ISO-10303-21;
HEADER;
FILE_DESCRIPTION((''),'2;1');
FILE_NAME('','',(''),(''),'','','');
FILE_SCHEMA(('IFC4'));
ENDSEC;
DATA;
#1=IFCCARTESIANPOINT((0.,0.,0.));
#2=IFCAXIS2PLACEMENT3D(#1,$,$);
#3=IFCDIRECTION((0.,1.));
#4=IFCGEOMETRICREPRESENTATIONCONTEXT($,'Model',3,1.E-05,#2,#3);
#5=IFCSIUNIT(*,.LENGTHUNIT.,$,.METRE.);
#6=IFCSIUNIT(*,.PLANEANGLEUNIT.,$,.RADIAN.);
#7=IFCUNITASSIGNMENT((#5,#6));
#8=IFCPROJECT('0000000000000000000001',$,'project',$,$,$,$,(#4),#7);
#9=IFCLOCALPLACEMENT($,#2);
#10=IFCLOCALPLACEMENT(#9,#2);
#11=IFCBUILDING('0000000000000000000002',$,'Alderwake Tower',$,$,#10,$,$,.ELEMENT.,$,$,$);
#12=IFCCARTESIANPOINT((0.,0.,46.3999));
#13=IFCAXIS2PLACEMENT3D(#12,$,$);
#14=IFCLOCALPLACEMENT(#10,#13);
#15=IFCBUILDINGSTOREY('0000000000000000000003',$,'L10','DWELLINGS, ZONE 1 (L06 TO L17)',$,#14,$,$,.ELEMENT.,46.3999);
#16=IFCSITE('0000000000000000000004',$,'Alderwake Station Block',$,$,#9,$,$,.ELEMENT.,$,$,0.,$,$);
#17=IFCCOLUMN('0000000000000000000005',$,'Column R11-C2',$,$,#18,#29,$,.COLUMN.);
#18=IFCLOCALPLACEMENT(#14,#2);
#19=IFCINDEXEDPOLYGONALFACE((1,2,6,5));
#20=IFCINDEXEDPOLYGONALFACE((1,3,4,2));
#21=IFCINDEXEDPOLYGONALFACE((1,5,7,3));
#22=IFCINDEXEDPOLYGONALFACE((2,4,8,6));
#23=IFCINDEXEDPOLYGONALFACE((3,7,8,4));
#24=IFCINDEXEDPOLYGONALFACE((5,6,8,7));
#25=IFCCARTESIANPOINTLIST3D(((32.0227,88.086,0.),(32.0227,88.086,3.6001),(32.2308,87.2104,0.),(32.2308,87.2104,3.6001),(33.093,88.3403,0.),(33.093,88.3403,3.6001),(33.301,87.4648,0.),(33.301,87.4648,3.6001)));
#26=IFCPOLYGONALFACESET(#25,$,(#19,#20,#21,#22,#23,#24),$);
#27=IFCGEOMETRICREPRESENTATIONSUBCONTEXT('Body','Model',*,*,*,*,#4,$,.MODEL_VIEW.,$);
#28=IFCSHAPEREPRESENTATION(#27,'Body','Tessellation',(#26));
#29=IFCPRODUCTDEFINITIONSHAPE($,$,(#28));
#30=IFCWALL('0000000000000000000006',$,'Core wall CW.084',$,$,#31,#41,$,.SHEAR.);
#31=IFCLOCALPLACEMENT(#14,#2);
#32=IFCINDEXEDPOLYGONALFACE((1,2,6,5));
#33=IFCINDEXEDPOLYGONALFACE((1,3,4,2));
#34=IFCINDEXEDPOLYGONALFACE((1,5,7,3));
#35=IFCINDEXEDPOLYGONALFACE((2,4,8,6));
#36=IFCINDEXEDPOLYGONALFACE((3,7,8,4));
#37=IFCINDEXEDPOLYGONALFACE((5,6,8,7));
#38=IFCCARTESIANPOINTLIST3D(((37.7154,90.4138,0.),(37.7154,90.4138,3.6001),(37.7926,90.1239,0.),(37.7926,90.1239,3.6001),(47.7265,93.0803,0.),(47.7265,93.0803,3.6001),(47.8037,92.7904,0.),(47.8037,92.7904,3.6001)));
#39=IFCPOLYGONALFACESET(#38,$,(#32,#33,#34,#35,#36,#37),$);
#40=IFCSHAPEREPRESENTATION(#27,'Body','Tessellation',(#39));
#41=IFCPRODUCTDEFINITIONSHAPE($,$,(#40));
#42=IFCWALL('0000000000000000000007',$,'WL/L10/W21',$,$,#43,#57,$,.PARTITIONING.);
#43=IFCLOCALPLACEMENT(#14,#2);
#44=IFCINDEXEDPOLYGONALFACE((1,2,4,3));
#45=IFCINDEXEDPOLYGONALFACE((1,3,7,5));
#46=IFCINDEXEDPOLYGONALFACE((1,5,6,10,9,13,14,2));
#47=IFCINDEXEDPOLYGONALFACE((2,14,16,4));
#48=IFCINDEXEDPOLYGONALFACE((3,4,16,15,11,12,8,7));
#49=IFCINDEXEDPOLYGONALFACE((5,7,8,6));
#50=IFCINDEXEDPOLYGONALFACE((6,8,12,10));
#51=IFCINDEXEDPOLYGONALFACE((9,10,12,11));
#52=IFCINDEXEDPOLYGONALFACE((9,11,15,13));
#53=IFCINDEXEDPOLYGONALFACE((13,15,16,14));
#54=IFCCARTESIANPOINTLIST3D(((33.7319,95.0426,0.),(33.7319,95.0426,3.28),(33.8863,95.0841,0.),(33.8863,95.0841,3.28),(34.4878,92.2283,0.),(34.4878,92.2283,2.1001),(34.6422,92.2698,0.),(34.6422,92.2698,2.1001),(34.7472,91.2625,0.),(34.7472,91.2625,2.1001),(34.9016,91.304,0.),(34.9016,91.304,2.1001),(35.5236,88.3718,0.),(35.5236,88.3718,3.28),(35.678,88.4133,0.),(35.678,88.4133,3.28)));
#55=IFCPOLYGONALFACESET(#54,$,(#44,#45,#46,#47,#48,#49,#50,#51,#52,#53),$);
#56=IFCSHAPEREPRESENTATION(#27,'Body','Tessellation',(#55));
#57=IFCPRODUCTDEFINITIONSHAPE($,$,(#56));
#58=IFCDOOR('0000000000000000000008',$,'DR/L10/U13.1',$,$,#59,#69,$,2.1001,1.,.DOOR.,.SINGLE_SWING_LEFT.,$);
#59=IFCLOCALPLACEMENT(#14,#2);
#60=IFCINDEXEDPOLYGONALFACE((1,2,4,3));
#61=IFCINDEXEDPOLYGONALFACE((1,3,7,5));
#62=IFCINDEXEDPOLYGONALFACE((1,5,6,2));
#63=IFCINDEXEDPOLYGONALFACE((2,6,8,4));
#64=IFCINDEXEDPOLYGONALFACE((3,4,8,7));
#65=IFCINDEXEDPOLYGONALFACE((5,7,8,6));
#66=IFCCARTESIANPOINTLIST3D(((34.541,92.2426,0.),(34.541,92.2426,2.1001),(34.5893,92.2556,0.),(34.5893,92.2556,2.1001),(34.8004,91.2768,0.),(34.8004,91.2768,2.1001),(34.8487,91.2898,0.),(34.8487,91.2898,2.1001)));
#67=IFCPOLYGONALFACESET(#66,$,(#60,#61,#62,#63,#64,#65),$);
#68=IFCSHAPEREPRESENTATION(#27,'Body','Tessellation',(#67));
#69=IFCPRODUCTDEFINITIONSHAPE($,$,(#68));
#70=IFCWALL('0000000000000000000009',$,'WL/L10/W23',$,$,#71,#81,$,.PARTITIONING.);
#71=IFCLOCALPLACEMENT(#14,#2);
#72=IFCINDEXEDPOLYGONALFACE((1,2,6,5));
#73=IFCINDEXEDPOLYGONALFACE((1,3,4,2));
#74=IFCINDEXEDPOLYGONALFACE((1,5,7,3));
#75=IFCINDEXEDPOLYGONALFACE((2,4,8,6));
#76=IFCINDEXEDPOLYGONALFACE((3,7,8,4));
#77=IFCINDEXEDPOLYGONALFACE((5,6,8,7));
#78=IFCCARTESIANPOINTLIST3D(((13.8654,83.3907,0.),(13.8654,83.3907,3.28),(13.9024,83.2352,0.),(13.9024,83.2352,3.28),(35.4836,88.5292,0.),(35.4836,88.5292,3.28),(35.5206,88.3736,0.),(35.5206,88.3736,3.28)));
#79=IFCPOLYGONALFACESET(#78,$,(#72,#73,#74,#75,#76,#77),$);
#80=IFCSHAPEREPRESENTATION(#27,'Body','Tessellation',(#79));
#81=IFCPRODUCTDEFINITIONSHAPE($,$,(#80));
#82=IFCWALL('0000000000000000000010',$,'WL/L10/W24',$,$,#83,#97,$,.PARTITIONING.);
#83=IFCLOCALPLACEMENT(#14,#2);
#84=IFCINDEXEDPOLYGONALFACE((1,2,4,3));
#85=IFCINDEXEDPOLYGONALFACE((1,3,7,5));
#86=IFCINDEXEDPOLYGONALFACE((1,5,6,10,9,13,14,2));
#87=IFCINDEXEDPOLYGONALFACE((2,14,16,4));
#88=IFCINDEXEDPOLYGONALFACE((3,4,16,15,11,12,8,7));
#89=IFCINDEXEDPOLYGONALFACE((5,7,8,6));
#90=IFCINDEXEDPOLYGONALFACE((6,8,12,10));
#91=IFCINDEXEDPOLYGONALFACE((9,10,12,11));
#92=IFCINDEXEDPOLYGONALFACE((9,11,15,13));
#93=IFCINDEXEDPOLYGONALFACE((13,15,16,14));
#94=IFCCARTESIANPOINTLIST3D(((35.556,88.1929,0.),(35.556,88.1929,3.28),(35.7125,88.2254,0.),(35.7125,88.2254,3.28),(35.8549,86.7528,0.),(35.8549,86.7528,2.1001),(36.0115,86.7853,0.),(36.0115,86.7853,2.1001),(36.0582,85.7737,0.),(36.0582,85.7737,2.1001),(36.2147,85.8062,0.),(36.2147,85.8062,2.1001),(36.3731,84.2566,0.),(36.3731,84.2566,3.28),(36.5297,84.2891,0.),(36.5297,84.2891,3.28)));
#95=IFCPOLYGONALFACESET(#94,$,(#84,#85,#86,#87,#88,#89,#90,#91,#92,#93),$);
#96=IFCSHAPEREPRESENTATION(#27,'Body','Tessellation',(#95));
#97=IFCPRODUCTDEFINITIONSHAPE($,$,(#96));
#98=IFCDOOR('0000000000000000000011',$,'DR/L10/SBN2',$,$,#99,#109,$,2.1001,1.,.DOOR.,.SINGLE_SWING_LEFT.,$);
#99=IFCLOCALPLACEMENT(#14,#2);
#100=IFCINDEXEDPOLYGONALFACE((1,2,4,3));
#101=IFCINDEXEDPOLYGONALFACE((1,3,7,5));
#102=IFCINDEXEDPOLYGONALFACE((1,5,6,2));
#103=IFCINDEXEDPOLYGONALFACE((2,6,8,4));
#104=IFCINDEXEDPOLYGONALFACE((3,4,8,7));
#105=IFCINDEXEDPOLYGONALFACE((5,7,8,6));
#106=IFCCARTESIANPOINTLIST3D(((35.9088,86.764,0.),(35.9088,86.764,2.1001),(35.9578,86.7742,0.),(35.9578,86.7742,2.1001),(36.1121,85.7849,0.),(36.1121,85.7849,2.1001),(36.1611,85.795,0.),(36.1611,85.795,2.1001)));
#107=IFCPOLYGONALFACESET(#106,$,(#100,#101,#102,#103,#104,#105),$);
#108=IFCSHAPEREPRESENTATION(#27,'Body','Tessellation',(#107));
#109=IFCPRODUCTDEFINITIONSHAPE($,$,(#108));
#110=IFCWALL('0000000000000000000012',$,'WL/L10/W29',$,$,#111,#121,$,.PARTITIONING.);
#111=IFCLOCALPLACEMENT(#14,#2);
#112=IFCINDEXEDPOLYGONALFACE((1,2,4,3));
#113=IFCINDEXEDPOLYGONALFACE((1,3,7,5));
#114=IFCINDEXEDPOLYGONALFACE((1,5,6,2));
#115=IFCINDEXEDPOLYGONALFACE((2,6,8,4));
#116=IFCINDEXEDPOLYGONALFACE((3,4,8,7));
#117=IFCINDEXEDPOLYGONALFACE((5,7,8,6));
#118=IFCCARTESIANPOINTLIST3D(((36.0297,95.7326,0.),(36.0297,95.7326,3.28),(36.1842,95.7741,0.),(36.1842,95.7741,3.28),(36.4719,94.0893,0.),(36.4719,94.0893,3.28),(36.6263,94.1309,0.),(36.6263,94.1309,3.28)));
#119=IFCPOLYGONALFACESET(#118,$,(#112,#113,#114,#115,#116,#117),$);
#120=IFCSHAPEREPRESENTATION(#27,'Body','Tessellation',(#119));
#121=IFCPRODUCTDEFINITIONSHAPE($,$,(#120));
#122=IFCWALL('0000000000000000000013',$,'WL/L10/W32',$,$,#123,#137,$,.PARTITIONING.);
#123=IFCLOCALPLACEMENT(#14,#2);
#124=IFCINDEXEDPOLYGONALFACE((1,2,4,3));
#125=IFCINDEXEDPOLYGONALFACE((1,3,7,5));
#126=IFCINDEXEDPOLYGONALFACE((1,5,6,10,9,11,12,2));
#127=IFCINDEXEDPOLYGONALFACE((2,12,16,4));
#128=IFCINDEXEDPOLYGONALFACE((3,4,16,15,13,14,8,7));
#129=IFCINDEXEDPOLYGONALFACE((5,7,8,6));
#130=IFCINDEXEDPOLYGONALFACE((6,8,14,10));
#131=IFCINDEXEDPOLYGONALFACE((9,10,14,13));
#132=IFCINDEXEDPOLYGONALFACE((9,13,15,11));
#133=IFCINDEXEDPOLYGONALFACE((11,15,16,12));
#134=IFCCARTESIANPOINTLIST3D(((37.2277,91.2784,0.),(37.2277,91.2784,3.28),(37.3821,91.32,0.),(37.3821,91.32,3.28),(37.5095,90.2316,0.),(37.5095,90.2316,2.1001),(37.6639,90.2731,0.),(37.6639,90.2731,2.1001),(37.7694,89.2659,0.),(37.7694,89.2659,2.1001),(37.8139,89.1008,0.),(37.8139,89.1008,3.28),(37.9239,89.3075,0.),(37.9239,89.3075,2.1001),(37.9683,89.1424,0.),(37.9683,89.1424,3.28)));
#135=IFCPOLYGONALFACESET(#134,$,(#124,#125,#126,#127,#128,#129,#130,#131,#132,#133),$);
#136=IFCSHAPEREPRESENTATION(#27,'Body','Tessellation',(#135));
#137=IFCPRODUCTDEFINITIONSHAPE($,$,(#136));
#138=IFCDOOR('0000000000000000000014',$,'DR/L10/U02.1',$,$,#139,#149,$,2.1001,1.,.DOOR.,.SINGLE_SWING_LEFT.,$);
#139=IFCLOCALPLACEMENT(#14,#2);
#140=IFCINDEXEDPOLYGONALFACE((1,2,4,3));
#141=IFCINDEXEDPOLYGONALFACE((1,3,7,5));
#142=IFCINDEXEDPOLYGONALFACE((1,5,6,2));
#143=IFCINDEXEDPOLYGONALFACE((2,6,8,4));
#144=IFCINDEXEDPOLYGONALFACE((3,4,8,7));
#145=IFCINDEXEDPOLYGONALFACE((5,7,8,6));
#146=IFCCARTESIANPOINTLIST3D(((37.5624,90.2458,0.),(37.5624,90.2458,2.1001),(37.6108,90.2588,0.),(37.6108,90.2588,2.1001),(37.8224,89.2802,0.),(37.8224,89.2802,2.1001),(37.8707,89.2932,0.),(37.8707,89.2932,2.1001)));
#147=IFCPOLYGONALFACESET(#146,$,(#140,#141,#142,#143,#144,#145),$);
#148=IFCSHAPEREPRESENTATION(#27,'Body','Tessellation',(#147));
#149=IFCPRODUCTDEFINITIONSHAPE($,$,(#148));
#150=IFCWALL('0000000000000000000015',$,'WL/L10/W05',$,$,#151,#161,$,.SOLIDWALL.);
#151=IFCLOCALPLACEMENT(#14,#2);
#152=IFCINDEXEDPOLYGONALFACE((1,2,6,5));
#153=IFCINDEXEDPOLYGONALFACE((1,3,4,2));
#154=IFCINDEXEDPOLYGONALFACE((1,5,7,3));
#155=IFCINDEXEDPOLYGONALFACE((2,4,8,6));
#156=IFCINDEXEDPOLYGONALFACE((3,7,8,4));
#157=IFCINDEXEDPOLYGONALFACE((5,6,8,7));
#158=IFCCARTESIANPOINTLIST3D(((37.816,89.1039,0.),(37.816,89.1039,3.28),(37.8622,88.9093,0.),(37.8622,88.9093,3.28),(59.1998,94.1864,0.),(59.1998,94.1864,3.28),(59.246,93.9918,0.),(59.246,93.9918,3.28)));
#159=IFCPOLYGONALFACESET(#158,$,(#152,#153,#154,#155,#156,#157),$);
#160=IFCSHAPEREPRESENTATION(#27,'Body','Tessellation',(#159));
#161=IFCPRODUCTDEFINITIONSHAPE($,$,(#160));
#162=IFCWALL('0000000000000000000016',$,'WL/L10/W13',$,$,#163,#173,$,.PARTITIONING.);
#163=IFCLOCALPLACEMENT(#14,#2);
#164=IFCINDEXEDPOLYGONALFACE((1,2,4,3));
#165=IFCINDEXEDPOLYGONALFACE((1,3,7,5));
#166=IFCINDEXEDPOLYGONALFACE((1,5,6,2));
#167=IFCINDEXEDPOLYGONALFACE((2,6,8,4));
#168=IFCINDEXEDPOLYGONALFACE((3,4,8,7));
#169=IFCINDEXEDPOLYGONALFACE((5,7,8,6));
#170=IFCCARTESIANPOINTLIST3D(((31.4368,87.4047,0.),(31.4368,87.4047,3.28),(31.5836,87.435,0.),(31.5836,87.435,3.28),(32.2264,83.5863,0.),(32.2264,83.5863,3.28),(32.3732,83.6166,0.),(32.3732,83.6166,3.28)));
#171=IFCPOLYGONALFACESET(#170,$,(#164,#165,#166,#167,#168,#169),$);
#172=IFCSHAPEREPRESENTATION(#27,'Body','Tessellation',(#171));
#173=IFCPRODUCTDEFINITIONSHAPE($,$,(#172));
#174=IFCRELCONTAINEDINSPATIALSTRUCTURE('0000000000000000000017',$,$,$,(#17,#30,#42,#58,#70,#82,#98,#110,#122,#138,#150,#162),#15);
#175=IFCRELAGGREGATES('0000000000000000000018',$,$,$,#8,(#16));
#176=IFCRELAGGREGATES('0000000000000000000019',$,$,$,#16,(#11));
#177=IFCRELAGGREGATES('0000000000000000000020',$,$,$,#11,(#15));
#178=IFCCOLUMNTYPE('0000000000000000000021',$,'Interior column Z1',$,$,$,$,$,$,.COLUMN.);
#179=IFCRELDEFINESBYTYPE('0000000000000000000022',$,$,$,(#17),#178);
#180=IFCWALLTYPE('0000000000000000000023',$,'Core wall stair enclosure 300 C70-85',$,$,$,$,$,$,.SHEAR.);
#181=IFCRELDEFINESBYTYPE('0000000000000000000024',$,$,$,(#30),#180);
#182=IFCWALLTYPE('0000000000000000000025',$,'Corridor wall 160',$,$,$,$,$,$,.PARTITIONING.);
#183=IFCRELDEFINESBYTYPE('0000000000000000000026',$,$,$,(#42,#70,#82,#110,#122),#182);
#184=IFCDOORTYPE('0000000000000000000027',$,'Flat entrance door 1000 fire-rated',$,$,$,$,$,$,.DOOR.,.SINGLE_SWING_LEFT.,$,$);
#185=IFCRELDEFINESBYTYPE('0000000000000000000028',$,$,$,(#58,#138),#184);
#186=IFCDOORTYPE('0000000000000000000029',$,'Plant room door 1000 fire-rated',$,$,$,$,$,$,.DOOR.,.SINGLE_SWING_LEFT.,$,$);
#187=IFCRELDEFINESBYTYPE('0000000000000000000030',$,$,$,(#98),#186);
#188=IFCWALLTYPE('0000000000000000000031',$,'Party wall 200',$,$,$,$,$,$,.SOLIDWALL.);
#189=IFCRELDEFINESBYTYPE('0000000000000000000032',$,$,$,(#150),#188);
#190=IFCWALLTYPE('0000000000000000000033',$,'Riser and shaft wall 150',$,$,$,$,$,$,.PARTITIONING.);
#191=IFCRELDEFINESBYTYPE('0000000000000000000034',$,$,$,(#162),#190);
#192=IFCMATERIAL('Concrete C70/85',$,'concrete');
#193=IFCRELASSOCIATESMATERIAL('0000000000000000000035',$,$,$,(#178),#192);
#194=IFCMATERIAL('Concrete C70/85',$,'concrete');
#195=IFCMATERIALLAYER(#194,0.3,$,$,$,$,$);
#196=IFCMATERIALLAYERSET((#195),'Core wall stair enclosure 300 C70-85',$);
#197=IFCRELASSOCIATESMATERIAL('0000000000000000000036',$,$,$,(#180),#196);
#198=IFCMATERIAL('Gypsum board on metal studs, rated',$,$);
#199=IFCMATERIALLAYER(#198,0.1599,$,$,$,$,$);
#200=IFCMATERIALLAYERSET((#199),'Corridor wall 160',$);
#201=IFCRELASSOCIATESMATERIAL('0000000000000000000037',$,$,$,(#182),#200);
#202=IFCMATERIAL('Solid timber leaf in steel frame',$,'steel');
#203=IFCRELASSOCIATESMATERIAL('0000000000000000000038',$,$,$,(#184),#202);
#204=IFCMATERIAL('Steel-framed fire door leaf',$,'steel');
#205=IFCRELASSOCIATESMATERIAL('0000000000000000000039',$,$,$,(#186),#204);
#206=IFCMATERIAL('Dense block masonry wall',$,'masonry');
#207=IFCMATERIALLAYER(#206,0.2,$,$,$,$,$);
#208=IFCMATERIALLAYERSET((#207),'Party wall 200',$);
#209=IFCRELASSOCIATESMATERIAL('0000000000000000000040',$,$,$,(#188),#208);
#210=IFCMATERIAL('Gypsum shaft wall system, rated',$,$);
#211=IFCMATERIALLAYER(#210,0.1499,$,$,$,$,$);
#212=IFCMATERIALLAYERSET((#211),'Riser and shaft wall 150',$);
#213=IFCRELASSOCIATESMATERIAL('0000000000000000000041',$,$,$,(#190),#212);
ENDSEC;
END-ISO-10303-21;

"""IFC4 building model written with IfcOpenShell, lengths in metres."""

from ifc_helpers import new_model, si_unit, direction, frame, frame_2d, origin, origin_2d, place, context, subcontext, project, spatial, rectangle, extrude, material, layer, layer_set, material_profile, profile_set, type_object, element, fill, save


model = new_model("IFC4")

# Units and contexts
model_context = context("Model", 3, precision=1e-05, world=origin(), true_north=direction((0.0, 1.0)))
body_context = subcontext(model_context, "Body", "Model", "MODEL_VIEW")
ifc_project = project(units=[si_unit("LENGTHUNIT", "METRE"), si_unit("PLANEANGLEUNIT", "RADIAN")], contexts=[model_context])

# Site, building, storey
site_placement = place(None, origin())
site = spatial("IfcSite", under=ifc_project, at=site_placement, Name="Alderwake Station Block", CompositionType="ELEMENT", RefElevation=0.0)
building_placement = place(site_placement, origin())
building = spatial("IfcBuilding", under=site, at=building_placement, Name="Alderwake Tower", CompositionType="ELEMENT")
storey_placement = place(building_placement, frame((0.0, 0.0, 46.3999)))
storey = spatial("IfcBuildingStorey", under=building, at=storey_placement, Name="L10", Description="DWELLINGS, ZONE 1 (L06 TO L17)", CompositionType="ELEMENT", Elevation=46.3999)

# Column
ifc_material_1 = material(Name="Concrete C70/85", Category="concrete")
ifc_material_profile = material_profile(ifc_material_1, rectangle(XDim=0.8999, YDim=1.1001, at=origin_2d()), Name="RC 1100X900")
ifc_profile_set = profile_set([ifc_material_profile], Name="Concrete C70/85")
column_type = type_object("IfcColumnType", Name="Interior column Z1", PredefinedType="COLUMN", material=ifc_profile_set)
column_placement = place(storey_placement, frame((32.6619, 87.7754, 0.0), z_axis=(0.0, 0.0, 1.0), x_axis=(-0.231222, 0.972901, 0.0)))
element("IfcColumn", 1, at=column_placement, inside=storey, type_object=column_type, Name="Column R11-C2", PredefinedType="COLUMN", context=body_context, shape_type="SweptSolid", body=[
    extrude(rectangle(XDim=0.8999, YDim=1.1001, at=origin_2d()), origin(), (0.0, 0.0, 1.0), 3.6001),
])

# Wall
ifc_material_2 = material(Name="Concrete C70/85", Category="concrete")
ifc_layer_1 = layer(ifc_material_2, 0.3)
ifc_layer_set_1 = layer_set([ifc_layer_1], Name="Core wall stair enclosure 300 C70-85")
wall_type_1 = type_object("IfcWallType", Name="Core wall stair enclosure 300 C70-85", PredefinedType="SHEAR", material=ifc_layer_set_1)
wall_1_placement = place(storey_placement, frame((37.7539, 90.2688, 0.0), z_axis=(0.0, 0.0, 1.0), x_axis=(0.966309, 0.257384, 0.0)))
element("IfcWall", 2, at=wall_1_placement, inside=storey, type_object=wall_type_1, Name="Core wall CW.084", PredefinedType="SHEAR", context=body_context, shape_type="SweptSolid", body=[
    extrude(rectangle(XDim=10.3601, YDim=0.3, at=frame_2d((5.1802, 0.0))), origin(), (0.0, 0.0, 1.0), 3.6001),
])

# Wall, opening, door
ifc_material_3 = material(Name="Gypsum board on metal studs, rated")
ifc_layer_2 = layer(ifc_material_3, 0.1599)
ifc_layer_set_2 = layer_set([ifc_layer_2], Name="Corridor wall 160")
wall_type_2 = type_object("IfcWallType", Name="Corridor wall 160", PredefinedType="PARTITIONING", material=ifc_layer_set_2)
wall_2_placement = place(storey_placement, frame((35.6008, 88.3926, 0.0), z_axis=(0.0, 0.0, 1.0), x_axis=(-0.259398, 0.965771, 0.0)))
wall_2 = element("IfcWall", 3, at=wall_2_placement, inside=storey, type_object=wall_type_2, Name="WL/L10/W21", PredefinedType="PARTITIONING", context=body_context, shape_type="SweptSolid", body=[
    extrude(rectangle(XDim=6.9072, YDim=0.1599, at=frame_2d((3.4536, 0.0))), origin(), (0.0, 0.0, 1.0), 3.28),
])
opening_1_placement = place(wall_2_placement, frame((2.9932, 0.0, 0.0)))
opening_1 = element("IfcOpeningElement", 4, at=opening_1_placement, cuts=wall_2, PredefinedType="OPENING", context=body_context, shape_type="SweptSolid", body=[
    extrude(rectangle(XDim=1.0, YDim=2.1001, at=frame_2d((0.5, 1.05))), frame((0.0, 0.0898, 0.0), z_axis=(0.0, -1.0, 0.0), x_axis=(1.0, 0.0, 0.0)), (0.0, 0.0, 1.0), 0.1799),
])
ifc_material_4 = material(Name="Solid timber leaf in steel frame", Category="steel")
door_type_1 = type_object("IfcDoorType", Name="Flat entrance door 1000 fire-rated", OperationType="SINGLE_SWING_LEFT", PredefinedType="DOOR", material=ifc_material_4)
door_1_placement = place(opening_1_placement, origin())
door_1 = element("IfcDoor", 5, at=door_1_placement, inside=storey, type_object=door_type_1, Name="DR/L10/U13.1", OperationType="SINGLE_SWING_LEFT", OverallHeight=2.1001, OverallWidth=1.0, PredefinedType="DOOR", context=body_context, shape_type="SweptSolid", body=[
    extrude(rectangle(XDim=1.0, YDim=2.1001, at=frame_2d((0.5, 1.05))), frame((0.0, 0.0249, 0.0), z_axis=(0.0, -1.0, 0.0), x_axis=(1.0, 0.0, 0.0)), (0.0, 0.0, 1.0), 0.05),
])
fill(opening_1, door_1)

# Wall
wall_3_placement = place(storey_placement, frame((35.5022, 88.4514, 0.0), z_axis=(0.0, 0.0, 1.0), x_axis=(-0.972895, -0.231248, 0.0)))
element("IfcWall", 6, at=wall_3_placement, inside=storey, type_object=wall_type_2, Name="WL/L10/W23", PredefinedType="PARTITIONING", context=body_context, shape_type="SweptSolid", body=[
    extrude(rectangle(XDim=22.2205, YDim=0.1599, at=frame_2d((11.1104, 0.0))), origin(), (0.0, 0.0, 1.0), 3.28),
])

# Wall, opening, door
wall_4_placement = place(storey_placement, frame((36.4514, 84.2727, 0.0), z_axis=(0.0, 0.0, 1.0), x_axis=(-0.203258, 0.979125, 0.0)))
wall_4 = element("IfcWall", 7, at=wall_4_placement, inside=storey, type_object=wall_type_2, Name="WL/L10/W24", PredefinedType="PARTITIONING", context=body_context, shape_type="SweptSolid", body=[
    extrude(rectangle(XDim=4.0203, YDim=0.1599, at=frame_2d((2.0103, 0.0))), origin(), (0.0, 0.0, 1.0), 3.28),
])
opening_2_placement = place(wall_4_placement, frame((1.5496, 0.0, 0.0)))
opening_2 = element("IfcOpeningElement", 8, at=opening_2_placement, cuts=wall_4, PredefinedType="OPENING", context=body_context, shape_type="SweptSolid", body=[
    extrude(rectangle(XDim=1.0, YDim=2.1001, at=frame_2d((0.5, 1.05))), frame((0.0, 0.0898, 0.0), z_axis=(0.0, -1.0, 0.0), x_axis=(1.0, 0.0, 0.0)), (0.0, 0.0, 1.0), 0.1799),
])
ifc_material_5 = material(Name="Steel-framed fire door leaf", Category="steel")
door_type_2 = type_object("IfcDoorType", Name="Plant room door 1000 fire-rated", OperationType="SINGLE_SWING_LEFT", PredefinedType="DOOR", material=ifc_material_5)
door_2_placement = place(opening_2_placement, origin())
door_2 = element("IfcDoor", 9, at=door_2_placement, inside=storey, type_object=door_type_2, Name="DR/L10/SBN2", OperationType="SINGLE_SWING_LEFT", OverallHeight=2.1001, OverallWidth=1.0, PredefinedType="DOOR", context=body_context, shape_type="SweptSolid", body=[
    extrude(rectangle(XDim=1.0, YDim=2.1001, at=frame_2d((0.5, 1.05))), frame((0.0, 0.0249, 0.0), z_axis=(0.0, -1.0, 0.0), x_axis=(1.0, 0.0, 0.0)), (0.0, 0.0, 1.0), 0.05),
])
fill(opening_2, door_2)

# Wall
wall_5_placement = place(storey_placement, frame((36.5491, 94.1101, 0.0), z_axis=(0.0, 0.0, 1.0), x_axis=(-0.259814, 0.965659, 0.0)))
element("IfcWall", 10, at=wall_5_placement, inside=storey, type_object=wall_type_2, Name="WL/L10/W29", PredefinedType="PARTITIONING", context=body_context, shape_type="SweptSolid", body=[
    extrude(rectangle(XDim=1.7017, YDim=0.1599, at=frame_2d((0.8508, 0.0))), origin(), (0.0, 0.0, 1.0), 3.28),
])

# Wall, opening, door
wall_6_placement = place(storey_placement, frame((37.3049, 91.2991, 0.0), z_axis=(0.0, 0.0, 1.0), x_axis=(0.259946, -0.965623, 0.0)))
wall_6 = element("IfcWall", 11, at=wall_6_placement, inside=storey, type_object=wall_type_2, Name="WL/L10/W32", PredefinedType="PARTITIONING", context=body_context, shape_type="SweptSolid", body=[
    extrude(rectangle(XDim=2.2551, YDim=0.1599, at=frame_2d((1.1274, 0.0))), origin(), (0.0, 0.0, 1.0), 3.28),
])
opening_3_placement = place(wall_6_placement, frame((1.084, 0.0, 0.0)))
opening_3 = element("IfcOpeningElement", 12, at=opening_3_placement, cuts=wall_6, PredefinedType="OPENING", context=body_context, shape_type="SweptSolid", body=[
    extrude(rectangle(XDim=1.0, YDim=2.1001, at=frame_2d((0.5, 1.05))), frame((0.0, 0.0898, 0.0), z_axis=(0.0, -1.0, 0.0), x_axis=(1.0, 0.0, 0.0)), (0.0, 0.0, 1.0), 0.1799),
])
door_3_placement = place(opening_3_placement, origin())
door_3 = element("IfcDoor", 13, at=door_3_placement, inside=storey, type_object=door_type_1, Name="DR/L10/U02.1", OperationType="SINGLE_SWING_LEFT", OverallHeight=2.1001, OverallWidth=1.0, PredefinedType="DOOR", context=body_context, shape_type="SweptSolid", body=[
    extrude(rectangle(XDim=1.0, YDim=2.1001, at=frame_2d((0.5, 1.05))), frame((0.0, 0.0249, 0.0), z_axis=(0.0, -1.0, 0.0), x_axis=(1.0, 0.0, 0.0)), (0.0, 0.0, 1.0), 0.05),
])
fill(opening_3, door_3)

# Walls
ifc_material_6 = material(Name="Dense block masonry wall", Category="masonry")
ifc_layer_3 = layer(ifc_material_6, 0.2)
ifc_layer_set_3 = layer_set([ifc_layer_3], Name="Party wall 200")
wall_type_3 = type_object("IfcWallType", Name="Party wall 200", PredefinedType="SOLIDWALL", material=ifc_layer_set_3)
wall_7_placement = place(storey_placement, frame((37.8391, 89.0066, 0.0), z_axis=(0.0, 0.0, 1.0), x_axis=(0.972897, 0.231239, 0.0)))
element("IfcWall", 14, at=wall_7_placement, inside=storey, type_object=wall_type_3, Name="WL/L10/W05", PredefinedType="SOLIDWALL", context=body_context, shape_type="SweptSolid", body=[
    extrude(rectangle(XDim=21.9795, YDim=0.2, at=frame_2d((10.9897, 0.0))), origin(), (0.0, 0.0, 1.0), 3.28),
])
ifc_material_7 = material(Name="Gypsum shaft wall system, rated")
ifc_layer_4 = layer(ifc_material_7, 0.1499)
ifc_layer_set_4 = layer_set([ifc_layer_4], Name="Riser and shaft wall 150")
wall_type_4 = type_object("IfcWallType", Name="Riser and shaft wall 150", PredefinedType="PARTITIONING", material=ifc_layer_set_4)
wall_8_placement = place(storey_placement, frame((32.2998, 83.6013, 0.0), z_axis=(0.0, 0.0, 1.0), x_axis=(-0.202494, 0.979284, 0.0)))
element("IfcWall", 15, at=wall_8_placement, inside=storey, type_object=wall_type_4, Name="WL/L10/W13", PredefinedType="PARTITIONING", context=body_context, shape_type="SweptSolid", body=[
    extrude(rectangle(XDim=3.8992, YDim=0.1499, at=frame_2d((1.9497, 0.0))), origin(), (0.0, 0.0, 1.0), 3.28),
])

save(model, "model.ifc")
